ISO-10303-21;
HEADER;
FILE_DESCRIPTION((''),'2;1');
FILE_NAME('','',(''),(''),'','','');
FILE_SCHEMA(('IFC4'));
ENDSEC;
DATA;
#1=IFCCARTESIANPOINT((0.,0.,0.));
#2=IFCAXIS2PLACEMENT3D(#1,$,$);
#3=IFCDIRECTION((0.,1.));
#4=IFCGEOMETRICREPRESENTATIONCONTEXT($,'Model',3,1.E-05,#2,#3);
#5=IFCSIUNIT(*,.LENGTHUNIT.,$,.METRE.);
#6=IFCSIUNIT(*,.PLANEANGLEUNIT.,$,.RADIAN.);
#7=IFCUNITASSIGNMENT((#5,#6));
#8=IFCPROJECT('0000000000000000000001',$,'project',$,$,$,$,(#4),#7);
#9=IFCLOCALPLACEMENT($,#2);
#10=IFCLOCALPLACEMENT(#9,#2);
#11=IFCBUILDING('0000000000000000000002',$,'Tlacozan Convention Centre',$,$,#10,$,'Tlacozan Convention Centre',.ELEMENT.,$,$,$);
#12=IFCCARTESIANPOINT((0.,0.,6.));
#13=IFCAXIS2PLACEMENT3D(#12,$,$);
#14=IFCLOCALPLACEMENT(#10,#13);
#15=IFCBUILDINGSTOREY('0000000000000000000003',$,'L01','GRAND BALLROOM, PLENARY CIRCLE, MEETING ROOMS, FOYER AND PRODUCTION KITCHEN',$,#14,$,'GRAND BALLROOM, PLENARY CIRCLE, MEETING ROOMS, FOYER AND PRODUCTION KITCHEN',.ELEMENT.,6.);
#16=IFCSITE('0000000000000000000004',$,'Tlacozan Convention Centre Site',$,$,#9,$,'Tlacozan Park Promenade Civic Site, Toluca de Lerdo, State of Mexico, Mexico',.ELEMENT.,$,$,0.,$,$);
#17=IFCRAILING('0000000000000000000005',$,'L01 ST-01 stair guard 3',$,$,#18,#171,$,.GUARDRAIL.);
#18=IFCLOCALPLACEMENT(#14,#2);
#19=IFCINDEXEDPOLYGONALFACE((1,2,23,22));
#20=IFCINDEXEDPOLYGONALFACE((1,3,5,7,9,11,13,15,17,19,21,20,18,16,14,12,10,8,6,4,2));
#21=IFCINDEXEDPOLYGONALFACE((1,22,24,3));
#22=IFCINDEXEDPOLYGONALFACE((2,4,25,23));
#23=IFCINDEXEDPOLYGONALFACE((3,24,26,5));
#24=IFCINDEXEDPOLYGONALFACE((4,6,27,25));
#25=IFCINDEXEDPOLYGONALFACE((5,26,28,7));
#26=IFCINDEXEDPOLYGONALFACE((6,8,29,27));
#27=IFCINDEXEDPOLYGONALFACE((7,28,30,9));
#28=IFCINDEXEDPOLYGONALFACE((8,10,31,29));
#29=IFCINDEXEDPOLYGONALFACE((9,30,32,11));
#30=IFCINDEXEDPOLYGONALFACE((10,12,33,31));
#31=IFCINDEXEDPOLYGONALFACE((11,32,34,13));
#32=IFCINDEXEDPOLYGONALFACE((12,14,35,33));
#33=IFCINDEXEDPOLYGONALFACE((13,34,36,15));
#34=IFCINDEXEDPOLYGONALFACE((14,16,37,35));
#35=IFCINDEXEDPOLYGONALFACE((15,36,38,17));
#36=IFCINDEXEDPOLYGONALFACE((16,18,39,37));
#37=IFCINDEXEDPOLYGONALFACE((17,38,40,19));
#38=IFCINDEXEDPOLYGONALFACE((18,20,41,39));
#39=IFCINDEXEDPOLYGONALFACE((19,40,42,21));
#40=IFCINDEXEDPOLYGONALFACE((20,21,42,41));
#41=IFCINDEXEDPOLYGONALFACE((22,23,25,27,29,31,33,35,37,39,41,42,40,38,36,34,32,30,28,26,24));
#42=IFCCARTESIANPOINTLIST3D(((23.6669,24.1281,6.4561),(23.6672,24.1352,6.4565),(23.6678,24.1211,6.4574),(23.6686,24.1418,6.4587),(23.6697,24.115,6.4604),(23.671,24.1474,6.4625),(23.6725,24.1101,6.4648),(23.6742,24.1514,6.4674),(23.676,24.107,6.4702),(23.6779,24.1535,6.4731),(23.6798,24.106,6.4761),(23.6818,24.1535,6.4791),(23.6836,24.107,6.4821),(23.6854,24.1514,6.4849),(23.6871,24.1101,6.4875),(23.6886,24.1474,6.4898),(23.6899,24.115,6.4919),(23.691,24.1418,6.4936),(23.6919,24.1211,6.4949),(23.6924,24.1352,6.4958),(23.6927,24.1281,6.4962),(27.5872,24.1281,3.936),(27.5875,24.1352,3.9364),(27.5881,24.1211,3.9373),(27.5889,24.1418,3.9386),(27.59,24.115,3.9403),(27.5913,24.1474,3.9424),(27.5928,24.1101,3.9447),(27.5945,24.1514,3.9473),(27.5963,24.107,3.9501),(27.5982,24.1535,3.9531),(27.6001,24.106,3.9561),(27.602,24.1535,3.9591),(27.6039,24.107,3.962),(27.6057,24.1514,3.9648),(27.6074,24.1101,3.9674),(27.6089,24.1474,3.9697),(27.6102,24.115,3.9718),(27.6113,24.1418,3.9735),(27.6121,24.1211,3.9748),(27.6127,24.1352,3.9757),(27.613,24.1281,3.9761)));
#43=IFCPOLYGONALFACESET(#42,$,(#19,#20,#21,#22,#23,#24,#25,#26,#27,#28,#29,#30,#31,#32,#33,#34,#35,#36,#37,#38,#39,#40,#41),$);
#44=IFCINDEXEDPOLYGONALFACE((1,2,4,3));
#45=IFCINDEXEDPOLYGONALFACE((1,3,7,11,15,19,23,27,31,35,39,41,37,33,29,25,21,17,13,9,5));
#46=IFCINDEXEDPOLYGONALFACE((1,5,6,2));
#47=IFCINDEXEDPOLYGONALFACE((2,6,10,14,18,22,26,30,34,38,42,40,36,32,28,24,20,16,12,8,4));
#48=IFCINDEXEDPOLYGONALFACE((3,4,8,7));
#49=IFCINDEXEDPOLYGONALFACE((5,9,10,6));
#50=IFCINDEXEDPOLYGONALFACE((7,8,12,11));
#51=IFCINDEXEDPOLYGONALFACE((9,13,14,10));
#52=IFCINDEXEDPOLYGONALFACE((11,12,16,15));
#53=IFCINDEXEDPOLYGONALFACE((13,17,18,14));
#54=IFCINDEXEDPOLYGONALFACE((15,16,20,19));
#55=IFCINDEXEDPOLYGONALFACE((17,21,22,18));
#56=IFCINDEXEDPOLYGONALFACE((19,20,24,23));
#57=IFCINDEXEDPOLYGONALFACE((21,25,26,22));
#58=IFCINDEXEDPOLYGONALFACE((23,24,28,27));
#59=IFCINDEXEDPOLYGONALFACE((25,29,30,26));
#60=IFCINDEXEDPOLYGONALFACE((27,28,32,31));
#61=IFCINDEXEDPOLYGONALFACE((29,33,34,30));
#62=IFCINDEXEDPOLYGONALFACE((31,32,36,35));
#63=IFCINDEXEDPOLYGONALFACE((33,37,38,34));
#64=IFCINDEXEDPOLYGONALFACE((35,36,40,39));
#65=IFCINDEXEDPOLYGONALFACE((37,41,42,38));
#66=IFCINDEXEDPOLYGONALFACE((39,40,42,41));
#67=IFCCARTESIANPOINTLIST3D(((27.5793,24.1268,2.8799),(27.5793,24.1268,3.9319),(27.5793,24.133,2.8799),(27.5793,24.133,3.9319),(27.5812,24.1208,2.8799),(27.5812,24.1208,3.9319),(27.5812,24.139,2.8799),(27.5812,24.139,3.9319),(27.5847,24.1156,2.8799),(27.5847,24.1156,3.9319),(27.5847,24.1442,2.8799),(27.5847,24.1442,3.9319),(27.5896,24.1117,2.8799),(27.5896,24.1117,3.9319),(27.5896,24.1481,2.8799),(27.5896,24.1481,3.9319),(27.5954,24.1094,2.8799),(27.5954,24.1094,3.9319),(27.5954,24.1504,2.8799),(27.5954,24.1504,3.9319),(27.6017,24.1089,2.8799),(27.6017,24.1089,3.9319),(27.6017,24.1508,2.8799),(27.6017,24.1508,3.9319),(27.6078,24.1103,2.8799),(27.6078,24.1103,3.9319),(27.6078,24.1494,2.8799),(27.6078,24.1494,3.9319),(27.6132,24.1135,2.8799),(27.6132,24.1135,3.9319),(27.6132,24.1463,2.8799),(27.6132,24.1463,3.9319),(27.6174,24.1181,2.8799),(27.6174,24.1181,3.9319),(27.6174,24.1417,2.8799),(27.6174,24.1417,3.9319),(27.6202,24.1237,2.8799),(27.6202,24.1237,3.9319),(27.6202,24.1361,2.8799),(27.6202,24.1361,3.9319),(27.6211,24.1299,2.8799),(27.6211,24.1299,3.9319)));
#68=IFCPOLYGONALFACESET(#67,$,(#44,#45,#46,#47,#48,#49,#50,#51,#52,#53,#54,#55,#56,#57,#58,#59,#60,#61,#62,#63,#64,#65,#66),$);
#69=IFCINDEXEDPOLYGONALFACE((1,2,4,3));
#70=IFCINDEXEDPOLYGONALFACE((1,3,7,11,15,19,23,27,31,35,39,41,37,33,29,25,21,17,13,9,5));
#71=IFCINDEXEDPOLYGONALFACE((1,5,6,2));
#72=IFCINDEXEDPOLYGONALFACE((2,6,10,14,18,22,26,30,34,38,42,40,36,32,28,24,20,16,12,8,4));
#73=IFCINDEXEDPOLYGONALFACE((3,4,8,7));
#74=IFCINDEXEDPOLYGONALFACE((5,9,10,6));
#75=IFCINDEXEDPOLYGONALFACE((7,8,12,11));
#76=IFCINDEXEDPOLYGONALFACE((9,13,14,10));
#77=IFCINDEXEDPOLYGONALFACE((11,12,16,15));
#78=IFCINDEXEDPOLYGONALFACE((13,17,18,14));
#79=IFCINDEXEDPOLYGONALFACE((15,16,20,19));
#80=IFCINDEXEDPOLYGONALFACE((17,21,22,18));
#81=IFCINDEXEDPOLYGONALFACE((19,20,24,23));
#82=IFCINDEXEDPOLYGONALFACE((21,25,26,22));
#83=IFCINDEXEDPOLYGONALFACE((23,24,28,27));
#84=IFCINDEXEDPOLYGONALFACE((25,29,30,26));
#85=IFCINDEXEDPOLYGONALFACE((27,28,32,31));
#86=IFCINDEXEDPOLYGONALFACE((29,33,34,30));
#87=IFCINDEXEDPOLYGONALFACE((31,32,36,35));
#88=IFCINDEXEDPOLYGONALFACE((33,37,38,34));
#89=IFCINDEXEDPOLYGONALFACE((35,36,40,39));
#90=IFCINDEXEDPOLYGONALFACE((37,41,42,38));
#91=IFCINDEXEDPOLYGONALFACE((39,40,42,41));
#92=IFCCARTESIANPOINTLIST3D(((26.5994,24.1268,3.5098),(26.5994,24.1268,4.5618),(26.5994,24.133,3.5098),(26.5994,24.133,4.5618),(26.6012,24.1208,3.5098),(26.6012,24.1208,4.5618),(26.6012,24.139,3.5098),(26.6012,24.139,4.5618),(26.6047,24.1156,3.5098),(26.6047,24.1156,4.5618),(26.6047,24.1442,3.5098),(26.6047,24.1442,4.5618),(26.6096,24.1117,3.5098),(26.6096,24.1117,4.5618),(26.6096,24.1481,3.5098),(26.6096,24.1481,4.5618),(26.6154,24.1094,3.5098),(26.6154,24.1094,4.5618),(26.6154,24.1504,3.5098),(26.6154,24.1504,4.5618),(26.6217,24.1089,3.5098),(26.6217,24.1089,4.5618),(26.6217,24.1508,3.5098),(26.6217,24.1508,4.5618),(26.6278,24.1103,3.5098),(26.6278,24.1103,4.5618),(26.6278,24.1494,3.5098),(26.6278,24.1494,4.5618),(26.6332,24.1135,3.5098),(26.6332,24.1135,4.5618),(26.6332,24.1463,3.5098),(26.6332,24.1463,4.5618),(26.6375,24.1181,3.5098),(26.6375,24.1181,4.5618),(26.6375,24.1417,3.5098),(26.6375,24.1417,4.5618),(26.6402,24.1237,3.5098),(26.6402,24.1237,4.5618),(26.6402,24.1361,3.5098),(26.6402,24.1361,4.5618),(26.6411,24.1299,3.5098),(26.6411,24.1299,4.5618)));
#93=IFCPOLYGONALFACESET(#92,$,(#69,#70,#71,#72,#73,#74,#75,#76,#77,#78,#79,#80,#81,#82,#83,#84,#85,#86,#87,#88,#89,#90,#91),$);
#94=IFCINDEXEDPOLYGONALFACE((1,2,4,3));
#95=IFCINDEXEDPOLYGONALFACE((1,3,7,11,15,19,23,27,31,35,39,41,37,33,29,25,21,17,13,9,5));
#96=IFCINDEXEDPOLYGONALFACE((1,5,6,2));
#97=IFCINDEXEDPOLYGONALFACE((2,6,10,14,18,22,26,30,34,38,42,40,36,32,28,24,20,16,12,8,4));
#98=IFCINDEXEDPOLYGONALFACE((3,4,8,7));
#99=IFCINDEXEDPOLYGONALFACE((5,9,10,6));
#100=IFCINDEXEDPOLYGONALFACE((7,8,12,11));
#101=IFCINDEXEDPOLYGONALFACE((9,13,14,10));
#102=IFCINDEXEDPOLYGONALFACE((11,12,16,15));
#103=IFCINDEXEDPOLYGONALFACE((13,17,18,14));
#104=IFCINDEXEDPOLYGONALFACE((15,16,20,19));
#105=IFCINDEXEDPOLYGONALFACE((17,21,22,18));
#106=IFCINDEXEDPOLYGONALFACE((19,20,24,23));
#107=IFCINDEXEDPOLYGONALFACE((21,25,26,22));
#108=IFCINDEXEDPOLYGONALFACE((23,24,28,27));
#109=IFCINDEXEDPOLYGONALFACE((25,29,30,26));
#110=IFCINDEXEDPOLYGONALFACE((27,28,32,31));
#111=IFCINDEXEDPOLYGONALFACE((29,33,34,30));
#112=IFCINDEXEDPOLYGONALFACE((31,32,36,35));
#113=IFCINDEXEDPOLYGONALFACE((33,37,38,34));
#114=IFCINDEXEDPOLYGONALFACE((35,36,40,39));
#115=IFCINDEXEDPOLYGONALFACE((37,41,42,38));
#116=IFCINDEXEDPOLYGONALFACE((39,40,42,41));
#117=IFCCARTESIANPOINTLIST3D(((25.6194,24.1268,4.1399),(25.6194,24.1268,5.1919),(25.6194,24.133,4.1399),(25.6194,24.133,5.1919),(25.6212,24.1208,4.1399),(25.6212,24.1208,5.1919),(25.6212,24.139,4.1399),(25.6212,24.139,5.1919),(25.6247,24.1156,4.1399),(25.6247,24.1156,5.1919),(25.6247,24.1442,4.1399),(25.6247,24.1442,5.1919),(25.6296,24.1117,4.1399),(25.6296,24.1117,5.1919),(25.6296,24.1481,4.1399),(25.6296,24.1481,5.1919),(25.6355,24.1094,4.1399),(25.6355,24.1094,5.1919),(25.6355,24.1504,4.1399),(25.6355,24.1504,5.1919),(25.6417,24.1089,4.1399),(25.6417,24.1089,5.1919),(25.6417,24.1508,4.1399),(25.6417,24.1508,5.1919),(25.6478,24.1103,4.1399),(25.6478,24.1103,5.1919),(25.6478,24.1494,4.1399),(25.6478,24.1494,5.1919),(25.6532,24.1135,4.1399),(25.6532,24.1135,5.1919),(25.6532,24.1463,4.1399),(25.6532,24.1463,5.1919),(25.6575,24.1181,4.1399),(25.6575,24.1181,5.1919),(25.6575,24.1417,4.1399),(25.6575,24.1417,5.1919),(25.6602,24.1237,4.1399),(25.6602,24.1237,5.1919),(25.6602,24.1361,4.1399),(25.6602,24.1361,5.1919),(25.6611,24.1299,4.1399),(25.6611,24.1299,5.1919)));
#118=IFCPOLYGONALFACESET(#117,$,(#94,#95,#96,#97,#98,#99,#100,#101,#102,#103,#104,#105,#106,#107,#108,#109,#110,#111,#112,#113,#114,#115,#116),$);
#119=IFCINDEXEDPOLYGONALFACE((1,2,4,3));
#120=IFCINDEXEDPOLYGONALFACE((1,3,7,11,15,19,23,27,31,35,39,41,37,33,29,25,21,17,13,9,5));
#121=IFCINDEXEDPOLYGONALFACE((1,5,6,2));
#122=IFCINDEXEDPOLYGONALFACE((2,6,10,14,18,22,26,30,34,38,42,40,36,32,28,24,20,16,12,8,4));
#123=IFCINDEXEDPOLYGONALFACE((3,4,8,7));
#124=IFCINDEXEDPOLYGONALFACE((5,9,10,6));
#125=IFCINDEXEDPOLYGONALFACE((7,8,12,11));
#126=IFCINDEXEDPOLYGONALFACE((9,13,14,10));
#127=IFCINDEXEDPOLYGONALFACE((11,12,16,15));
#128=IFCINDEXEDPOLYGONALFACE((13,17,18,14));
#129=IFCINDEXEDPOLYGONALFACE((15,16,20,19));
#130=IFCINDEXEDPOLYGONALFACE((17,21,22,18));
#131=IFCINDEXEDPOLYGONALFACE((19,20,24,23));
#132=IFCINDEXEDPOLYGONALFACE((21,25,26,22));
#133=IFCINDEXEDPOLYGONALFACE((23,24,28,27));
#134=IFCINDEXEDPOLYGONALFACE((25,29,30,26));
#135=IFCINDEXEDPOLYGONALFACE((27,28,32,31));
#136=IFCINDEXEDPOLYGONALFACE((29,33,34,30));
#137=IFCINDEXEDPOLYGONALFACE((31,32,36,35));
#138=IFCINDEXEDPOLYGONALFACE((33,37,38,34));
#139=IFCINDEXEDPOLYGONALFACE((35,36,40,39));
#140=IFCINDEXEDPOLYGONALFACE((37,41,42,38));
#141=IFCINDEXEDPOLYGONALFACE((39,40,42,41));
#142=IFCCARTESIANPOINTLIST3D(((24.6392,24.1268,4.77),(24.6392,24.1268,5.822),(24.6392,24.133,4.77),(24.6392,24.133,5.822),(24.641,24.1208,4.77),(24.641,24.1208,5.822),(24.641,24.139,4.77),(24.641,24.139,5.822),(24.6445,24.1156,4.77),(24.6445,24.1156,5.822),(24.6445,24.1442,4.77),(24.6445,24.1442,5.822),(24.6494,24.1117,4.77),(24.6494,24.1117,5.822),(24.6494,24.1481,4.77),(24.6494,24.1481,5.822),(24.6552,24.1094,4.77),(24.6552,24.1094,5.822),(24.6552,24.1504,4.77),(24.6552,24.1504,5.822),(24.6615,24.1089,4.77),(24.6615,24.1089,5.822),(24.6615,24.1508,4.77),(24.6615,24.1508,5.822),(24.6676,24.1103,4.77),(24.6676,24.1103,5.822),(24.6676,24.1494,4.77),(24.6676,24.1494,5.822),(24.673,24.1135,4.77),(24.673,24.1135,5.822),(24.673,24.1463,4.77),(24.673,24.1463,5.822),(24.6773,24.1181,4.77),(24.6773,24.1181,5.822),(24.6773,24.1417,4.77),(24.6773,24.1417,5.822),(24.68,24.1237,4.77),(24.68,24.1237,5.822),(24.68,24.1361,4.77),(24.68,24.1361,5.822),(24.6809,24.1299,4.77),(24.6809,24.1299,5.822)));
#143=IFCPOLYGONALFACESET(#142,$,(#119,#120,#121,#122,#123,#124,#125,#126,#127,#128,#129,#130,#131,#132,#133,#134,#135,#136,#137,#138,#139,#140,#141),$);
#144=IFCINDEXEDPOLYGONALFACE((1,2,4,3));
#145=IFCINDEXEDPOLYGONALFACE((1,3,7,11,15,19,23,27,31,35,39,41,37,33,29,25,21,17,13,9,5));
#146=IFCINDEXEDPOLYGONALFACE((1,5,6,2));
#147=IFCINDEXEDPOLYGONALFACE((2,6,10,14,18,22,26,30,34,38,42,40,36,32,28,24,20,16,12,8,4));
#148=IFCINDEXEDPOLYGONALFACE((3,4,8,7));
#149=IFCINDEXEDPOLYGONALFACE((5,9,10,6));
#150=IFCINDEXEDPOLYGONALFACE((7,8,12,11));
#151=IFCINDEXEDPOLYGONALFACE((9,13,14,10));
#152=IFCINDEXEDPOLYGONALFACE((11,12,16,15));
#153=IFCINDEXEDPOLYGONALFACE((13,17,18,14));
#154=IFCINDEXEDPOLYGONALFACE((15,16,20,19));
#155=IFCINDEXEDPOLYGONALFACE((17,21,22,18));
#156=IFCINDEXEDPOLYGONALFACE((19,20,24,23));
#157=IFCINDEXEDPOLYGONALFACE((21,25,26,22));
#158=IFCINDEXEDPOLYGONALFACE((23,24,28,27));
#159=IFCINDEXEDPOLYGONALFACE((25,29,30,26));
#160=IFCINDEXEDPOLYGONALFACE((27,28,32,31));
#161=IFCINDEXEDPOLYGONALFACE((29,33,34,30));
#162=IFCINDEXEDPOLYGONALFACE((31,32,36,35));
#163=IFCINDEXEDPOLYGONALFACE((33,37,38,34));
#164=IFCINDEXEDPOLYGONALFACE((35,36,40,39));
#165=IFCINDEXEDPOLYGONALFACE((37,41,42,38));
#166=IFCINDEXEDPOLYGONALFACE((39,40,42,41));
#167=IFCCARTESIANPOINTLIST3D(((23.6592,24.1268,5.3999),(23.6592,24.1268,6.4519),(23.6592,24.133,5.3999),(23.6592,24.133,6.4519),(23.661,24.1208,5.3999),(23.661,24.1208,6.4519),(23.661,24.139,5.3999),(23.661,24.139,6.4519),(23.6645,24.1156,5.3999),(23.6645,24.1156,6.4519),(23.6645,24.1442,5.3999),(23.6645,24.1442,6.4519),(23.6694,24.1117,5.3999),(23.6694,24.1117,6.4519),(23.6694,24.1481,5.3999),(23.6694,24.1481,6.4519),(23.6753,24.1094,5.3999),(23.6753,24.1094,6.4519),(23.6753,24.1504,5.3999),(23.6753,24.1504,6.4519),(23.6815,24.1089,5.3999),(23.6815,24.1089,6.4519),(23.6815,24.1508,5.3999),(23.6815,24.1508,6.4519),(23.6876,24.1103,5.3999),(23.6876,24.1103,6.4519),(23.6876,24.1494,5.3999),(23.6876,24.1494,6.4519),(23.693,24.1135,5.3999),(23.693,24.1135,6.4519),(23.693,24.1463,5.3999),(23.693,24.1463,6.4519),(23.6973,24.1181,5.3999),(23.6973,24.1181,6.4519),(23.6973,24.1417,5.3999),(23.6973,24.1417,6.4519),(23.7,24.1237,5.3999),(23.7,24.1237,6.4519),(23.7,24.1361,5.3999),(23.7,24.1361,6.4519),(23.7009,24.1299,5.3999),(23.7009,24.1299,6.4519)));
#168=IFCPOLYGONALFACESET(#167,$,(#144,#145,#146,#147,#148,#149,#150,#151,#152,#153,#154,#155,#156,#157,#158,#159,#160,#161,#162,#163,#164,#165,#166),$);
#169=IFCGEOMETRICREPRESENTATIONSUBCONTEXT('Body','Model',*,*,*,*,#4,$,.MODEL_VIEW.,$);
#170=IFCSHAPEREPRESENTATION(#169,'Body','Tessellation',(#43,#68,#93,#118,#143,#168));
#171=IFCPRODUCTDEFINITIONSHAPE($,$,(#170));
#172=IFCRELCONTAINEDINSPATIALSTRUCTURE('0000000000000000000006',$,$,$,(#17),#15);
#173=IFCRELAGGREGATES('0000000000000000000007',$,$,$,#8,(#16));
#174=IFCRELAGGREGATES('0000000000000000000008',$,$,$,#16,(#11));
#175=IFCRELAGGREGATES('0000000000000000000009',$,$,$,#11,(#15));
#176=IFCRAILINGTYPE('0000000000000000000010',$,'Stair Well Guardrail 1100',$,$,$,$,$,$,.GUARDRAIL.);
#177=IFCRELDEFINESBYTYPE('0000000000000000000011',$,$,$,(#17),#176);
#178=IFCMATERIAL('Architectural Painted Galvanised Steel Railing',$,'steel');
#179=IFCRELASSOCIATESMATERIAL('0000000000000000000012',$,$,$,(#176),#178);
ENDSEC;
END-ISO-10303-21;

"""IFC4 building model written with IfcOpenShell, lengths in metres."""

from ifc_helpers import new_model, si_unit, direction, frame, origin, origin_2d, place, context, subcontext, project, spatial, circle, extrude, material, type_object, element, save


model = new_model("IFC4")

# Units and contexts
model_context = context("Model", 3, precision=1e-05, world=origin(), true_north=direction((0.0, 1.0)))
body_context = subcontext(model_context, "Body", "Model", "MODEL_VIEW")
ifc_project = project(units=[si_unit("LENGTHUNIT", "METRE"), si_unit("PLANEANGLEUNIT", "RADIAN")], contexts=[model_context])

# Site, building, storey
site_placement = place(None, origin())
site = spatial("IfcSite", under=ifc_project, at=site_placement, Name="Tlacozan Convention Centre Site", LongName="Tlacozan Park Promenade Civic Site, Toluca de Lerdo, State of Mexico, Mexico", CompositionType="ELEMENT", RefElevation=0.0)
building_placement = place(site_placement, origin())
building = spatial("IfcBuilding", under=site, at=building_placement, Name="Tlacozan Convention Centre", LongName="Tlacozan Convention Centre", CompositionType="ELEMENT")
storey_placement = place(building_placement, frame((0.0, 0.0, 6.0)))
storey = spatial("IfcBuildingStorey", under=building, at=storey_placement, Name="L01", Description="GRAND BALLROOM, PLENARY CIRCLE, MEETING ROOMS, FOYER AND PRODUCTION KITCHEN", LongName="GRAND BALLROOM, PLENARY CIRCLE, MEETING ROOMS, FOYER AND PRODUCTION KITCHEN", CompositionType="ELEMENT", Elevation=6.0)

# Railing
ifc_material_1 = material(Name="Architectural Painted Galvanised Steel Railing", Category="steel")
railing_type_1 = type_object("IfcRailingType", Name="Stair Well Guardrail 1100", PredefinedType="GUARDRAIL", material=ifc_material_1)
railing_1_placement = place(storey_placement, frame((27.6001, 24.1299, 2.8799)))
element("IfcRailing", 1, at=railing_1_placement, inside=storey, type_object=railing_type_1, Name="L01 ST-01 stair guard 3", PredefinedType="GUARDRAIL", context=body_context, shape_type="SweptSolid", body=[
    extrude(circle(Radius=0.0239, at=origin_2d()), frame((0.0, 0.0, 1.0762), z_axis=(-0.841187, 0.0, 0.540744), x_axis=(0.0, -1.0, 0.0)), (0.0, 0.0, 1.0), 4.6604),
    extrude(circle(Radius=0.021, at=origin_2d()), origin(), (0.0, 0.0, 1.0), 1.052),
    extrude(circle(Radius=0.021, at=origin_2d()), frame((-0.98, 0.0, 0.6299)), (0.0, 0.0, 1.0), 1.052),
    extrude(circle(Radius=0.021, at=origin_2d()), frame((-1.96, 0.0, 1.26)), (0.0, 0.0, 1.0), 1.052),
    extrude(circle(Radius=0.021, at=origin_2d()), frame((-2.9402, 0.0, 1.8901)), (0.0, 0.0, 1.0), 1.052),
    extrude(circle(Radius=0.021, at=origin_2d()), frame((-3.9202, 0.0, 2.52)), (0.0, 0.0, 1.0), 1.052),
])

save(model, "model.ifc")
